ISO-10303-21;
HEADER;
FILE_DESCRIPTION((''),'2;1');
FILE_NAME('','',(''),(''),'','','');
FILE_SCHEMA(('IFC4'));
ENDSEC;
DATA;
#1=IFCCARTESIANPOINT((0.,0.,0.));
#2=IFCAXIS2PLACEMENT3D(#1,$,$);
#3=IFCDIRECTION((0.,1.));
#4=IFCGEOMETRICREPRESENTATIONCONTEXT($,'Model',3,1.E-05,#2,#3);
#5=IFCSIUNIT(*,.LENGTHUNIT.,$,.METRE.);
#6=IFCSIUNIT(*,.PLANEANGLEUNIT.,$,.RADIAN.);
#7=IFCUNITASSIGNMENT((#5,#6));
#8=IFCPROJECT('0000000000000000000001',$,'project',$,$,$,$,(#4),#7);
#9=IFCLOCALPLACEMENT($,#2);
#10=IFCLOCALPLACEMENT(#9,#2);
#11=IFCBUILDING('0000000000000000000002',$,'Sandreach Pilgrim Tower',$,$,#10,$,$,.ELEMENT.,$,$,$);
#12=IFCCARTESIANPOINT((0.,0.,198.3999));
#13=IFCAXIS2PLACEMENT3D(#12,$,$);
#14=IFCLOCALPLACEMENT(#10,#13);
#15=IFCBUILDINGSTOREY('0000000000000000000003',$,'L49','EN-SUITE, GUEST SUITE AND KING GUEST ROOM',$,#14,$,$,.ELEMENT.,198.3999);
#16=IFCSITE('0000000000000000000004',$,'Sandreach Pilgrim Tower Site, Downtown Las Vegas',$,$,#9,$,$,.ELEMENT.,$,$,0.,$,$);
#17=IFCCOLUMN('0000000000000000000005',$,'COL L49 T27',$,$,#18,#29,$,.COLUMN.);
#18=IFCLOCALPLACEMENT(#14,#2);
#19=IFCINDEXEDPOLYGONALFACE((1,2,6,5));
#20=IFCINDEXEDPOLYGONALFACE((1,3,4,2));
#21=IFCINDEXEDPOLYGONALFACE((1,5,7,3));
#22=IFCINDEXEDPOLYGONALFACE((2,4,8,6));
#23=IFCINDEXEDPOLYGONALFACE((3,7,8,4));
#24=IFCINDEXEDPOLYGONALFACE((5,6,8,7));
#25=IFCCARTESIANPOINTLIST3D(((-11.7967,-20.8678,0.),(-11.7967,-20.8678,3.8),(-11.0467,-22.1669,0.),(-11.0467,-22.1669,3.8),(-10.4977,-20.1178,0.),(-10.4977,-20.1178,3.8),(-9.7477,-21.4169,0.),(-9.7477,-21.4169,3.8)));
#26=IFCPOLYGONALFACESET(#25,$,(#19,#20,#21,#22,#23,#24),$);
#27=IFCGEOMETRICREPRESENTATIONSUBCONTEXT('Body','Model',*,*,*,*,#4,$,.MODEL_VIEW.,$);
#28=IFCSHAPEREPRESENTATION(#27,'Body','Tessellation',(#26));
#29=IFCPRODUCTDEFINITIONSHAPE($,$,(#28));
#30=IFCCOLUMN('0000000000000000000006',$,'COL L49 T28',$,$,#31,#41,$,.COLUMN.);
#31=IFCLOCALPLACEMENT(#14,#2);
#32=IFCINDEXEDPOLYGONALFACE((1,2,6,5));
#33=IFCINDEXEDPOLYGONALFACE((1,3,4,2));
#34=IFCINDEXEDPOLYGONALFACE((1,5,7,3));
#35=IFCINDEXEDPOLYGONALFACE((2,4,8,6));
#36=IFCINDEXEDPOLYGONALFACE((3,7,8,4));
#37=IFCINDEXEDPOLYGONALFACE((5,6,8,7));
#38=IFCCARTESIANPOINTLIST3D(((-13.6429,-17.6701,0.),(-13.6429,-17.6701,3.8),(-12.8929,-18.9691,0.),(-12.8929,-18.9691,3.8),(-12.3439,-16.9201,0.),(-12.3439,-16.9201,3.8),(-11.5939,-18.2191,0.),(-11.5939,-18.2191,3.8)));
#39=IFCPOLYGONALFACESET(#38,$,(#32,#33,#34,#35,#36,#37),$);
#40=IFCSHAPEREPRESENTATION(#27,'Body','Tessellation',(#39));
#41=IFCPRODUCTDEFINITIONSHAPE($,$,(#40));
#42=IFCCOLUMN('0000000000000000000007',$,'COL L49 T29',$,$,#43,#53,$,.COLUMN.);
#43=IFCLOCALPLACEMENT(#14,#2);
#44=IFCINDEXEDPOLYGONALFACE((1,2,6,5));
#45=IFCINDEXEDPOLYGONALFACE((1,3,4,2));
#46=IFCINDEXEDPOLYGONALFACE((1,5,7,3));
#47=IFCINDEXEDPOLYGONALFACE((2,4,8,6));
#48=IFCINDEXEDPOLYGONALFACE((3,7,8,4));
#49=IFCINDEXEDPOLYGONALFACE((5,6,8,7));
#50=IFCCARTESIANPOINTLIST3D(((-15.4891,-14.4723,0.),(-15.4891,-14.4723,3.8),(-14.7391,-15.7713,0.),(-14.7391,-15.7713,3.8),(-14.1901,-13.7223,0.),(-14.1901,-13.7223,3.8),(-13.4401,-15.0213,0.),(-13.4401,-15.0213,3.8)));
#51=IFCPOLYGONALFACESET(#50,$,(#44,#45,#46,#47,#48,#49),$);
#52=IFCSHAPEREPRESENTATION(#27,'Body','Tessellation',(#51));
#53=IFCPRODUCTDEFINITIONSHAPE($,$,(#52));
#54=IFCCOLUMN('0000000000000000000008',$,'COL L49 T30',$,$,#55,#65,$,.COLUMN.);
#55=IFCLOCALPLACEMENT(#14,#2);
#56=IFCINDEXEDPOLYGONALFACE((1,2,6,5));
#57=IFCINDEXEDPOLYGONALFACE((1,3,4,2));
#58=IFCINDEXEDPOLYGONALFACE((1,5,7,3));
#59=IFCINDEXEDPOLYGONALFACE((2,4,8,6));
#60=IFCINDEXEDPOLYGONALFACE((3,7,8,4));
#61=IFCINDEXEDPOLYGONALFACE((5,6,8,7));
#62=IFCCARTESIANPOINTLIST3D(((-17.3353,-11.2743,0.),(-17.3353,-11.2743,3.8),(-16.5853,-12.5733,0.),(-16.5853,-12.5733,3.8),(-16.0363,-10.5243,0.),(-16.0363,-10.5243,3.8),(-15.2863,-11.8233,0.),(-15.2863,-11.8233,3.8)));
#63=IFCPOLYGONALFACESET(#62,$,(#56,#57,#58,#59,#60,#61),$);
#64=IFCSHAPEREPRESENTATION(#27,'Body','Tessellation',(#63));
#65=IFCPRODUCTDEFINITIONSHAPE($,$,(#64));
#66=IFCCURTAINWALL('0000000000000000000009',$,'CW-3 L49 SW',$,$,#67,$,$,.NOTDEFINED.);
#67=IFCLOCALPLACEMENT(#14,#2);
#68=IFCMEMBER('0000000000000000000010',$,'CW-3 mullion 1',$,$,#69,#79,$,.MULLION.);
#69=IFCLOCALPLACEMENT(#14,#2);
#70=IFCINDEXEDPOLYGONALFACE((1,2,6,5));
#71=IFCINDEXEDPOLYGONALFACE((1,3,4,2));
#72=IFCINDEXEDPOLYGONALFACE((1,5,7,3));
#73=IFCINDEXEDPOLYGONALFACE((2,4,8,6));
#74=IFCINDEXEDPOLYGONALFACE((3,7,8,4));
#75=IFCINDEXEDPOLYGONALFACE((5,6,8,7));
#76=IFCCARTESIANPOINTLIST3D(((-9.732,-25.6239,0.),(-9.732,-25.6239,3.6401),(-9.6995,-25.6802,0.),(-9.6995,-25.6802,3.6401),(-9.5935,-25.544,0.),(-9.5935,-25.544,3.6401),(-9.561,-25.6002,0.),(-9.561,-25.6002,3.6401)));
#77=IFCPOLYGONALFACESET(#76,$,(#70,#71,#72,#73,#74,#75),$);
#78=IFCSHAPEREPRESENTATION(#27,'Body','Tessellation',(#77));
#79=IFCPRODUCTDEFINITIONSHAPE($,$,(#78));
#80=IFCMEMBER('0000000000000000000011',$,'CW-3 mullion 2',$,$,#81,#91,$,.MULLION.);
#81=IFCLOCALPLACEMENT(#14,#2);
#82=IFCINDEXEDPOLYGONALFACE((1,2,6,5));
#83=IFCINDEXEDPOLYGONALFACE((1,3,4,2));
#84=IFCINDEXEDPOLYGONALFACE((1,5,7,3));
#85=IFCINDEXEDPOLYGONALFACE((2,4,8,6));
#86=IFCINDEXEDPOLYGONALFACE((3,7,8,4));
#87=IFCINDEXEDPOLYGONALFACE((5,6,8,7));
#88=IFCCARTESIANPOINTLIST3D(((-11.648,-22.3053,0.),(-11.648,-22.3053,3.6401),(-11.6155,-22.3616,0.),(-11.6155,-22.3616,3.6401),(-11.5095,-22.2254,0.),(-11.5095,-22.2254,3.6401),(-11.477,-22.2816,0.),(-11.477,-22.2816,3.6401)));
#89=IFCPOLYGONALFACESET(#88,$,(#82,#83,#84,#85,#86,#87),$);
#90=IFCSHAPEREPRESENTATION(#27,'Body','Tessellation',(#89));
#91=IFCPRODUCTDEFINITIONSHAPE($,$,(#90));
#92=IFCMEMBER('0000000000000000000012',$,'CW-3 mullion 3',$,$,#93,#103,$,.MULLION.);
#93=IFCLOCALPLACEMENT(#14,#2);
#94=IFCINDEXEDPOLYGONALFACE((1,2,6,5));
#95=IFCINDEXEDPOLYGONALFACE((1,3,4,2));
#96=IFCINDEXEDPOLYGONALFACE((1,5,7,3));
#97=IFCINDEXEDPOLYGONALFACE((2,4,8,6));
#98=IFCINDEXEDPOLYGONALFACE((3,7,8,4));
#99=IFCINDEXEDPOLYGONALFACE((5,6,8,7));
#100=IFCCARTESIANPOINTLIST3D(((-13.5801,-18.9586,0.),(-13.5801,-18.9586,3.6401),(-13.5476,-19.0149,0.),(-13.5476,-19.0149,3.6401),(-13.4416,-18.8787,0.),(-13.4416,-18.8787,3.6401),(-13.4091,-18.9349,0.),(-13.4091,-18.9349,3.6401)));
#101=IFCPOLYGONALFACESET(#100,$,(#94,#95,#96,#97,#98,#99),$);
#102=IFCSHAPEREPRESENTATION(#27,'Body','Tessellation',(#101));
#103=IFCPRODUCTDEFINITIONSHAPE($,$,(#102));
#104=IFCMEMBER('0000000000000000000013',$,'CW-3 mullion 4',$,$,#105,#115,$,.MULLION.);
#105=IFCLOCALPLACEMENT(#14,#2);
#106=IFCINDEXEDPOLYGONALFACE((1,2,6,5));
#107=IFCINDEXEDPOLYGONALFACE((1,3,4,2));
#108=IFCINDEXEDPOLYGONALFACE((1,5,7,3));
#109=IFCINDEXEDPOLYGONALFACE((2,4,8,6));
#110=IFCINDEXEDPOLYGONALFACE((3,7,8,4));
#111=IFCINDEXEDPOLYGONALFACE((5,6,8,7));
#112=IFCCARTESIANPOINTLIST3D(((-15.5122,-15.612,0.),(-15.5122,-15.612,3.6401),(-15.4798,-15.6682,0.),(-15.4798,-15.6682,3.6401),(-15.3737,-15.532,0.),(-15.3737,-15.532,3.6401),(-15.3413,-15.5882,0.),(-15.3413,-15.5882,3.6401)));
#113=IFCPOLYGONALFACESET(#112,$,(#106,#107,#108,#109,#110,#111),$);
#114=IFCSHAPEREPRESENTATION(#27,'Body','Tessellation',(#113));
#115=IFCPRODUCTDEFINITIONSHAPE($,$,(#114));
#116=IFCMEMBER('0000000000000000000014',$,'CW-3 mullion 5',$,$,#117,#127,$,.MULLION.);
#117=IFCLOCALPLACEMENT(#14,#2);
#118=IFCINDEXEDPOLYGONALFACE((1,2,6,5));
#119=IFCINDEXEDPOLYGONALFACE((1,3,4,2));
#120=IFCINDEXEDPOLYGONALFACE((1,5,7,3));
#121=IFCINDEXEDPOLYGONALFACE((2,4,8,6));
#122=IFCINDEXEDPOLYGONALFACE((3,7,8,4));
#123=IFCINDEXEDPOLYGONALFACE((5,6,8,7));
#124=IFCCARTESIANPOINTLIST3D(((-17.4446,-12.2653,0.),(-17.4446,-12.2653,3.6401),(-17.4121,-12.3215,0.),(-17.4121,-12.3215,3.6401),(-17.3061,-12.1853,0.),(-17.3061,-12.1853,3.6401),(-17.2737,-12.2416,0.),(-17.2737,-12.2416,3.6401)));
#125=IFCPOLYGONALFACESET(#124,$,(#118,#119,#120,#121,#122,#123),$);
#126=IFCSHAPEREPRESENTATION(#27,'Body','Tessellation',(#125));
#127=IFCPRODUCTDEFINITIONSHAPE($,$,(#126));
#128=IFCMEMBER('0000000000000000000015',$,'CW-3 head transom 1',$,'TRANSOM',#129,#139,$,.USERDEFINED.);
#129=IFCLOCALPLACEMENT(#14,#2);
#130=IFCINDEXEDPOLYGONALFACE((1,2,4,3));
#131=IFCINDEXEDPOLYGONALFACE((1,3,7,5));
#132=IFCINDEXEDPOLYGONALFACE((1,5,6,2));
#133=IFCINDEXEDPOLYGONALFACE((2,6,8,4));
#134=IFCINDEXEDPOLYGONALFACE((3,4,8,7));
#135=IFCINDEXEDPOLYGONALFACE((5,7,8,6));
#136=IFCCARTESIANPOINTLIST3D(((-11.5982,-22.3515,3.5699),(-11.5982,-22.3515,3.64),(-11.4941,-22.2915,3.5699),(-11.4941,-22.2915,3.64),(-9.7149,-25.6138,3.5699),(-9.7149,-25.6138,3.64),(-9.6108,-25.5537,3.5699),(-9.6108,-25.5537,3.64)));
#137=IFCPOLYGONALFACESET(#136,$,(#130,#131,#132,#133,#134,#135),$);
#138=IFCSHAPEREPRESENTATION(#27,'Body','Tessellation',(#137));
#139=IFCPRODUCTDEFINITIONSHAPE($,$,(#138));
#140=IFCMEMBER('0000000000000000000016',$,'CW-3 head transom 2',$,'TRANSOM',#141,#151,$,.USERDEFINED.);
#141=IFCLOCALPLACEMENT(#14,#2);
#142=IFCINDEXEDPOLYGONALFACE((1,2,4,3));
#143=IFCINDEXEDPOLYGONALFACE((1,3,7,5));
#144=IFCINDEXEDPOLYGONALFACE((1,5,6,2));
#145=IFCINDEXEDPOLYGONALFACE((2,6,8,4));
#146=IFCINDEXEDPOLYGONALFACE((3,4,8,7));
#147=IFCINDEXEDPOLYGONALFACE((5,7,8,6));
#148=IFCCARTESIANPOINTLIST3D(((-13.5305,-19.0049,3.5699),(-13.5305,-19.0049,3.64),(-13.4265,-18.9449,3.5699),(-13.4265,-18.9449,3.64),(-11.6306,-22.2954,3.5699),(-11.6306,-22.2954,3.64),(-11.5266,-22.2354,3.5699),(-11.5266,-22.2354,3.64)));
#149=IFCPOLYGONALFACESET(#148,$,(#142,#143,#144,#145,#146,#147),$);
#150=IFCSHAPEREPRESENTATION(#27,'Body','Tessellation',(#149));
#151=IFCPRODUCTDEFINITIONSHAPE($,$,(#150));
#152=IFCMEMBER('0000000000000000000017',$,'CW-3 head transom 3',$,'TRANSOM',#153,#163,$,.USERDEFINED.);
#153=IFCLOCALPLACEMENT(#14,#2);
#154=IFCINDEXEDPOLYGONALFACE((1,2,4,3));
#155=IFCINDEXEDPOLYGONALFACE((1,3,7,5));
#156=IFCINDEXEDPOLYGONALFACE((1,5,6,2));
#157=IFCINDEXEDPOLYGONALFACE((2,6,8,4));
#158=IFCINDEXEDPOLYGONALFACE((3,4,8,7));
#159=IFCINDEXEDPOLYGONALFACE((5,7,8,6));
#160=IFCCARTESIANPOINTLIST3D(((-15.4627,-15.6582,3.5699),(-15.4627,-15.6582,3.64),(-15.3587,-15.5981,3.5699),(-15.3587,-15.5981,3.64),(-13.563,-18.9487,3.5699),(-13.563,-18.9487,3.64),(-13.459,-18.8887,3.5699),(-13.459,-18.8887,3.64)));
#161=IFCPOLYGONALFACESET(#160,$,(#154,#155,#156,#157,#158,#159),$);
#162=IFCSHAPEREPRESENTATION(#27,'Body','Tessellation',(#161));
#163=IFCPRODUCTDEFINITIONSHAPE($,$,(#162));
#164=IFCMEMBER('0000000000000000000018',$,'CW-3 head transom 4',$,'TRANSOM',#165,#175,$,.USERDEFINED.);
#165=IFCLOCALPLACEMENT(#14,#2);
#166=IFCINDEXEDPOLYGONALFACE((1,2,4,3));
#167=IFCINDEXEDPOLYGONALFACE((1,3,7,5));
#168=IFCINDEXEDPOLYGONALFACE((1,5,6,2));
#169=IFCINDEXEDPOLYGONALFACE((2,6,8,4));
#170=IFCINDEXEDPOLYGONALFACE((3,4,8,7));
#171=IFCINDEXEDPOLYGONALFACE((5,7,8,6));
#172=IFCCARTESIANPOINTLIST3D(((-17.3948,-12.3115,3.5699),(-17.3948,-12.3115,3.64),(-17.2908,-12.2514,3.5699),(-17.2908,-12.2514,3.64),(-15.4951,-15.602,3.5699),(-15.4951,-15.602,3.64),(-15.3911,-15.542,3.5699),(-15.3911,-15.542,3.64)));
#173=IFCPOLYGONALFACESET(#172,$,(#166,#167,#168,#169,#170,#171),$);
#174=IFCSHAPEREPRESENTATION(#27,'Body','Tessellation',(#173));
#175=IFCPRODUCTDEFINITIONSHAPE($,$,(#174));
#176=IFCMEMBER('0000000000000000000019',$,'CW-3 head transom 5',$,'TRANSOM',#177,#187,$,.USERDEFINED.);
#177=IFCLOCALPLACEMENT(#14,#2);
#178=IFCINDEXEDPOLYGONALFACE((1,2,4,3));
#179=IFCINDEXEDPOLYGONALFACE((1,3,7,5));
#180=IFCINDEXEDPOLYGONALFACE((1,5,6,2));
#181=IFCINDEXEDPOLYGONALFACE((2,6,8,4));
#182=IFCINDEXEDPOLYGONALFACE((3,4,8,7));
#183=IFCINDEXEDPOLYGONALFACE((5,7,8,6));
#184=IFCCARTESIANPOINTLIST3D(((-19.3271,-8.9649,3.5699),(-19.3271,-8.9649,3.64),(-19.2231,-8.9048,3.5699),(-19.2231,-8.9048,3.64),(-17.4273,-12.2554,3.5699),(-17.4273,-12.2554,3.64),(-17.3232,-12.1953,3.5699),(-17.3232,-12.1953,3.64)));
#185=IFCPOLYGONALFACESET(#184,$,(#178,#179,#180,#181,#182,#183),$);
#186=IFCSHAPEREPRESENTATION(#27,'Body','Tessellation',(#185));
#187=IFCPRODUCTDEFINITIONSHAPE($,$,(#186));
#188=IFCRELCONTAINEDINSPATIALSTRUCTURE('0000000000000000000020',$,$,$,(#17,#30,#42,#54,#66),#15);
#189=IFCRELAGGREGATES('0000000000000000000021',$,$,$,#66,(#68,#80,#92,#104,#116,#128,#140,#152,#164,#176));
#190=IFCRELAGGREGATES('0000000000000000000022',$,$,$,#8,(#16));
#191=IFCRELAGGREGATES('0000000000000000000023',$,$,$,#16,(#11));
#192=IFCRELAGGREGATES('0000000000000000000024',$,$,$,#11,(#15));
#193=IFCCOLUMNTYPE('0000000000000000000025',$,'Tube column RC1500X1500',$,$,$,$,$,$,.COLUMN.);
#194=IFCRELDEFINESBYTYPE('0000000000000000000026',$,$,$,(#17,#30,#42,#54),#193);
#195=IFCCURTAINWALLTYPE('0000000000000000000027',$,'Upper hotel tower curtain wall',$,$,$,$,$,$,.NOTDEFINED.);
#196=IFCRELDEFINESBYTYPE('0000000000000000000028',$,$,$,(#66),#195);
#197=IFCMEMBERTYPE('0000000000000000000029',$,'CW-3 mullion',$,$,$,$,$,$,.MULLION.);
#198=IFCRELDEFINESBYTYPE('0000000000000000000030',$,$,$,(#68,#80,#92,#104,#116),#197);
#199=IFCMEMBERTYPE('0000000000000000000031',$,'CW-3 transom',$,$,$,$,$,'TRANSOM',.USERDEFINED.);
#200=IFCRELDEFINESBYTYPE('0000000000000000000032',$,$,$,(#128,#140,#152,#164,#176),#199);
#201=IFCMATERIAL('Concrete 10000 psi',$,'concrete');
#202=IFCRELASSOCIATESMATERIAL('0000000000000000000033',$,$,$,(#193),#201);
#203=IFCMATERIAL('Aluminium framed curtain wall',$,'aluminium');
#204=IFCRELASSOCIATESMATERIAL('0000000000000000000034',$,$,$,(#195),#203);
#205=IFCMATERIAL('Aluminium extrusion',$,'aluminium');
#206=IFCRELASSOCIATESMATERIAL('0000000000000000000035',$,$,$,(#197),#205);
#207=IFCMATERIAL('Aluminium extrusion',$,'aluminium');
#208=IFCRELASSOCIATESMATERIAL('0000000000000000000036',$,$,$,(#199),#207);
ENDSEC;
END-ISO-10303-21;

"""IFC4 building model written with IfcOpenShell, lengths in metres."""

from ifc_helpers import new_model, si_unit, direction, frame, origin, origin_2d, place, context, subcontext, project, spatial, rectangle, extrude, material, material_profile, profile_set, type_object, element, aggregate, save


model = new_model("IFC4")

# Units and contexts
model_context = context("Model", 3, precision=1e-05, world=origin(), true_north=direction((0.0, 1.0)))
body_context = subcontext(model_context, "Body", "Model", "MODEL_VIEW")
ifc_project = project(units=[si_unit("LENGTHUNIT", "METRE"), si_unit("PLANEANGLEUNIT", "RADIAN")], contexts=[model_context])

# Site, building, storey
site_placement = place(None, origin())
site = spatial("IfcSite", under=ifc_project, at=site_placement, Name="Sandreach Pilgrim Tower Site, Downtown Las Vegas", CompositionType="ELEMENT", RefElevation=0.0)
building_placement = place(site_placement, origin())
building = spatial("IfcBuilding", under=site, at=building_placement, Name="Sandreach Pilgrim Tower", CompositionType="ELEMENT")
storey_placement = place(building_placement, frame((0.0, 0.0, 198.3999)))
storey = spatial("IfcBuildingStorey", under=building, at=storey_placement, Name="L49", Description="EN-SUITE, GUEST SUITE AND KING GUEST ROOM", CompositionType="ELEMENT", Elevation=198.3999)

# Columns
ifc_material_1 = material(Name="Concrete 10000 psi", Category="concrete")
ifc_material_profile_1 = material_profile(ifc_material_1, rectangle(XDim=1.5, YDim=1.5, at=origin_2d()), Name="RC1500X1500")
ifc_profile_set_1 = profile_set([ifc_material_profile_1], Name="Concrete 10000 psi")
column_type = type_object("IfcColumnType", Name="Tube column RC1500X1500", PredefinedType="COLUMN", material=ifc_profile_set_1)
for number, where, z_axis, x_axis, name in (
    (1, (-10.7722, -21.1423, 0.0), (0.0, 0.0, 1.0), (-0.866025, -0.5, 0.0), "COL L49 T27"),
    (2, (-12.6184, -17.9446, 0.0), (0.0, 0.0, 1.0), (-0.866025, -0.5, 0.0), "COL L49 T28"),
    (3, (-14.4646, -14.7468, 0.0), (0.0, 0.0, 1.0), (-0.866025, -0.5, 0.0), "COL L49 T29"),
    (4, (-16.3108, -11.5488, 0.0), (0.0, 0.0, 1.0), (-0.866025, -0.5, 0.0), "COL L49 T30"),
):
    element("IfcColumn", number, at=place(storey_placement, frame(where, z_axis=z_axis, x_axis=x_axis)), inside=storey, type_object=column_type, Name=name, PredefinedType="COLUMN", context=body_context, shape_type="SweptSolid", body=[
        extrude(rectangle(XDim=1.5, YDim=1.5, at=origin_2d()), origin(), (0.0, 0.0, 1.0), 3.8),
    ])

# Curtain wall, members
ifc_material_2 = material(Name="Aluminium framed curtain wall", Category="aluminium")
curtain_wall_type = type_object("IfcCurtainWallType", Name="Upper hotel tower curtain wall", PredefinedType="NOTDEFINED", material=ifc_material_2)
curtain_wall_placement = place(storey_placement, origin())
curtain_wall = element("IfcCurtainWall", 5, at=curtain_wall_placement, inside=storey, type_object=curtain_wall_type, Name="CW-3 L49 SW", PredefinedType="NOTDEFINED")
ifc_material_3 = material(Name="Aluminium extrusion", Category="aluminium")
ifc_material_profile_2 = material_profile(ifc_material_3, rectangle(XDim=0.0649, YDim=0.1599, at=origin_2d()), Name="CW-3M 65X160")
ifc_profile_set_2 = profile_set([ifc_material_profile_2], Name="Aluminium extrusion")
member_type_1 = type_object("IfcMemberType", Name="CW-3 mullion", PredefinedType="MULLION", material=ifc_profile_set_2)
member_1_placement = place(storey_placement, frame((-9.6465, -25.6121, 0.0), z_axis=(0.0, 0.0, 1.0), x_axis=(-0.5, 0.866025, 0.0)))
member_1 = element("IfcMember", 6, at=member_1_placement, type_object=member_type_1, Name="CW-3 mullion 1", PredefinedType="MULLION", context=body_context, shape_type="SweptSolid", body=[
    extrude(rectangle(XDim=0.0649, YDim=0.1599, at=origin_2d()), origin(), (0.0, 0.0, 1.0), 3.6401),
])
member_2_placement = place(storey_placement, frame((-11.5625, -22.2935, 0.0), z_axis=(0.0, 0.0, 1.0), x_axis=(-0.5, 0.866025, 0.0)))
member_2 = element("IfcMember", 7, at=member_2_placement, type_object=member_type_1, Name="CW-3 mullion 2", PredefinedType="MULLION", context=body_context, shape_type="SweptSolid", body=[
    extrude(rectangle(XDim=0.0649, YDim=0.1599, at=origin_2d()), origin(), (0.0, 0.0, 1.0), 3.6401),
])
member_3_placement = place(storey_placement, frame((-13.4946, -18.9468, 0.0), z_axis=(0.0, 0.0, 1.0), x_axis=(-0.5, 0.866025, 0.0)))
member_3 = element("IfcMember", 8, at=member_3_placement, type_object=member_type_1, Name="CW-3 mullion 3", PredefinedType="MULLION", context=body_context, shape_type="SweptSolid", body=[
    extrude(rectangle(XDim=0.0649, YDim=0.1599, at=origin_2d()), origin(), (0.0, 0.0, 1.0), 3.6401),
])
member_4_placement = place(storey_placement, frame((-15.4268, -15.6001, 0.0), z_axis=(0.0, 0.0, 1.0), x_axis=(-0.5, 0.866025, 0.0)))
member_4 = element("IfcMember", 9, at=member_4_placement, type_object=member_type_1, Name="CW-3 mullion 4", PredefinedType="MULLION", context=body_context, shape_type="SweptSolid", body=[
    extrude(rectangle(XDim=0.0649, YDim=0.1599, at=origin_2d()), origin(), (0.0, 0.0, 1.0), 3.6401),
])
member_5_placement = place(storey_placement, frame((-17.3591, -12.2534, 0.0), z_axis=(0.0, 0.0, 1.0), x_axis=(-0.5, 0.866025, 0.0)))
member_5 = element("IfcMember", 10, at=member_5_placement, type_object=member_type_1, Name="CW-3 mullion 5", PredefinedType="MULLION", context=body_context, shape_type="SweptSolid", body=[
    extrude(rectangle(XDim=0.0649, YDim=0.1599, at=origin_2d()), origin(), (0.0, 0.0, 1.0), 3.6401),
])
ifc_material_4 = material(Name="Aluminium extrusion", Category="aluminium")
ifc_material_profile_3 = material_profile(ifc_material_4, rectangle(XDim=0.1201, YDim=0.0701, at=origin_2d()), Name="CW-3T 120X70")
ifc_profile_set_3 = profile_set([ifc_material_profile_3], Name="Aluminium extrusion")
member_type_2 = type_object("IfcMemberType", Name="CW-3 transom", ElementType="TRANSOM", PredefinedType="USERDEFINED", material=ifc_profile_set_3)
member_6_placement = place(storey_placement, frame((-9.6628, -25.5837, 3.605), z_axis=(-0.499973, 0.866041, 0.0), x_axis=(-0.866041, -0.499973, 0.0)))
member_6 = element("IfcMember", 11, at=member_6_placement, type_object=member_type_2, Name="CW-3 head transom 1", ObjectType="TRANSOM", PredefinedType="USERDEFINED", context=body_context, shape_type="SweptSolid", body=[
    extrude(rectangle(XDim=0.1201, YDim=0.0701, at=origin_2d()), origin(), (0.0, 0.0, 1.0), 3.7668),
])
member_7_placement = place(storey_placement, frame((-11.5786, -22.2654, 3.605), z_axis=(-0.500023, 0.866012, 0.0), x_axis=(-0.866012, -0.500023, 0.0)))
member_7 = element("IfcMember", 12, at=member_7_placement, type_object=member_type_2, Name="CW-3 head transom 2", ObjectType="TRANSOM", PredefinedType="USERDEFINED", context=body_context, shape_type="SweptSolid", body=[
    extrude(rectangle(XDim=0.1201, YDim=0.0701, at=origin_2d()), origin(), (0.0, 0.0, 1.0), 3.7996),
])
member_8_placement = place(storey_placement, frame((-13.511, -18.9187, 3.605), z_axis=(-0.499975, 0.86604, 0.0), x_axis=(-0.86604, -0.499975, 0.0)))
member_8 = element("IfcMember", 13, at=member_8_placement, type_object=member_type_2, Name="CW-3 head transom 3", ObjectType="TRANSOM", PredefinedType="USERDEFINED", context=body_context, shape_type="SweptSolid", body=[
    extrude(rectangle(XDim=0.1201, YDim=0.0701, at=origin_2d()), origin(), (0.0, 0.0, 1.0), 3.7996),
])
member_9_placement = place(storey_placement, frame((-15.4431, -15.572, 3.605), z_axis=(-0.499975, 0.86604, 0.0), x_axis=(-0.86604, -0.499975, 0.0)))
member_9 = element("IfcMember", 14, at=member_9_placement, type_object=member_type_2, Name="CW-3 head transom 4", ObjectType="TRANSOM", PredefinedType="USERDEFINED", context=body_context, shape_type="SweptSolid", body=[
    extrude(rectangle(XDim=0.1201, YDim=0.0701, at=origin_2d()), origin(), (0.0, 0.0, 1.0), 3.7996),
])
member_10_placement = place(storey_placement, frame((-17.3752, -12.2253, 3.605), z_axis=(-0.500023, 0.866012, 0.0), x_axis=(-0.866012, -0.500023, 0.0)))
member_10 = element("IfcMember", 15, at=member_10_placement, type_object=member_type_2, Name="CW-3 head transom 5", ObjectType="TRANSOM", PredefinedType="USERDEFINED", context=body_context, shape_type="SweptSolid", body=[
    extrude(rectangle(XDim=0.1201, YDim=0.0701, at=origin_2d()), origin(), (0.0, 0.0, 1.0), 3.7996),
])

aggregate(curtain_wall, [member_1, member_2, member_3, member_4, member_5, member_6, member_7, member_8, member_9, member_10])

save(model, "model.ifc")
